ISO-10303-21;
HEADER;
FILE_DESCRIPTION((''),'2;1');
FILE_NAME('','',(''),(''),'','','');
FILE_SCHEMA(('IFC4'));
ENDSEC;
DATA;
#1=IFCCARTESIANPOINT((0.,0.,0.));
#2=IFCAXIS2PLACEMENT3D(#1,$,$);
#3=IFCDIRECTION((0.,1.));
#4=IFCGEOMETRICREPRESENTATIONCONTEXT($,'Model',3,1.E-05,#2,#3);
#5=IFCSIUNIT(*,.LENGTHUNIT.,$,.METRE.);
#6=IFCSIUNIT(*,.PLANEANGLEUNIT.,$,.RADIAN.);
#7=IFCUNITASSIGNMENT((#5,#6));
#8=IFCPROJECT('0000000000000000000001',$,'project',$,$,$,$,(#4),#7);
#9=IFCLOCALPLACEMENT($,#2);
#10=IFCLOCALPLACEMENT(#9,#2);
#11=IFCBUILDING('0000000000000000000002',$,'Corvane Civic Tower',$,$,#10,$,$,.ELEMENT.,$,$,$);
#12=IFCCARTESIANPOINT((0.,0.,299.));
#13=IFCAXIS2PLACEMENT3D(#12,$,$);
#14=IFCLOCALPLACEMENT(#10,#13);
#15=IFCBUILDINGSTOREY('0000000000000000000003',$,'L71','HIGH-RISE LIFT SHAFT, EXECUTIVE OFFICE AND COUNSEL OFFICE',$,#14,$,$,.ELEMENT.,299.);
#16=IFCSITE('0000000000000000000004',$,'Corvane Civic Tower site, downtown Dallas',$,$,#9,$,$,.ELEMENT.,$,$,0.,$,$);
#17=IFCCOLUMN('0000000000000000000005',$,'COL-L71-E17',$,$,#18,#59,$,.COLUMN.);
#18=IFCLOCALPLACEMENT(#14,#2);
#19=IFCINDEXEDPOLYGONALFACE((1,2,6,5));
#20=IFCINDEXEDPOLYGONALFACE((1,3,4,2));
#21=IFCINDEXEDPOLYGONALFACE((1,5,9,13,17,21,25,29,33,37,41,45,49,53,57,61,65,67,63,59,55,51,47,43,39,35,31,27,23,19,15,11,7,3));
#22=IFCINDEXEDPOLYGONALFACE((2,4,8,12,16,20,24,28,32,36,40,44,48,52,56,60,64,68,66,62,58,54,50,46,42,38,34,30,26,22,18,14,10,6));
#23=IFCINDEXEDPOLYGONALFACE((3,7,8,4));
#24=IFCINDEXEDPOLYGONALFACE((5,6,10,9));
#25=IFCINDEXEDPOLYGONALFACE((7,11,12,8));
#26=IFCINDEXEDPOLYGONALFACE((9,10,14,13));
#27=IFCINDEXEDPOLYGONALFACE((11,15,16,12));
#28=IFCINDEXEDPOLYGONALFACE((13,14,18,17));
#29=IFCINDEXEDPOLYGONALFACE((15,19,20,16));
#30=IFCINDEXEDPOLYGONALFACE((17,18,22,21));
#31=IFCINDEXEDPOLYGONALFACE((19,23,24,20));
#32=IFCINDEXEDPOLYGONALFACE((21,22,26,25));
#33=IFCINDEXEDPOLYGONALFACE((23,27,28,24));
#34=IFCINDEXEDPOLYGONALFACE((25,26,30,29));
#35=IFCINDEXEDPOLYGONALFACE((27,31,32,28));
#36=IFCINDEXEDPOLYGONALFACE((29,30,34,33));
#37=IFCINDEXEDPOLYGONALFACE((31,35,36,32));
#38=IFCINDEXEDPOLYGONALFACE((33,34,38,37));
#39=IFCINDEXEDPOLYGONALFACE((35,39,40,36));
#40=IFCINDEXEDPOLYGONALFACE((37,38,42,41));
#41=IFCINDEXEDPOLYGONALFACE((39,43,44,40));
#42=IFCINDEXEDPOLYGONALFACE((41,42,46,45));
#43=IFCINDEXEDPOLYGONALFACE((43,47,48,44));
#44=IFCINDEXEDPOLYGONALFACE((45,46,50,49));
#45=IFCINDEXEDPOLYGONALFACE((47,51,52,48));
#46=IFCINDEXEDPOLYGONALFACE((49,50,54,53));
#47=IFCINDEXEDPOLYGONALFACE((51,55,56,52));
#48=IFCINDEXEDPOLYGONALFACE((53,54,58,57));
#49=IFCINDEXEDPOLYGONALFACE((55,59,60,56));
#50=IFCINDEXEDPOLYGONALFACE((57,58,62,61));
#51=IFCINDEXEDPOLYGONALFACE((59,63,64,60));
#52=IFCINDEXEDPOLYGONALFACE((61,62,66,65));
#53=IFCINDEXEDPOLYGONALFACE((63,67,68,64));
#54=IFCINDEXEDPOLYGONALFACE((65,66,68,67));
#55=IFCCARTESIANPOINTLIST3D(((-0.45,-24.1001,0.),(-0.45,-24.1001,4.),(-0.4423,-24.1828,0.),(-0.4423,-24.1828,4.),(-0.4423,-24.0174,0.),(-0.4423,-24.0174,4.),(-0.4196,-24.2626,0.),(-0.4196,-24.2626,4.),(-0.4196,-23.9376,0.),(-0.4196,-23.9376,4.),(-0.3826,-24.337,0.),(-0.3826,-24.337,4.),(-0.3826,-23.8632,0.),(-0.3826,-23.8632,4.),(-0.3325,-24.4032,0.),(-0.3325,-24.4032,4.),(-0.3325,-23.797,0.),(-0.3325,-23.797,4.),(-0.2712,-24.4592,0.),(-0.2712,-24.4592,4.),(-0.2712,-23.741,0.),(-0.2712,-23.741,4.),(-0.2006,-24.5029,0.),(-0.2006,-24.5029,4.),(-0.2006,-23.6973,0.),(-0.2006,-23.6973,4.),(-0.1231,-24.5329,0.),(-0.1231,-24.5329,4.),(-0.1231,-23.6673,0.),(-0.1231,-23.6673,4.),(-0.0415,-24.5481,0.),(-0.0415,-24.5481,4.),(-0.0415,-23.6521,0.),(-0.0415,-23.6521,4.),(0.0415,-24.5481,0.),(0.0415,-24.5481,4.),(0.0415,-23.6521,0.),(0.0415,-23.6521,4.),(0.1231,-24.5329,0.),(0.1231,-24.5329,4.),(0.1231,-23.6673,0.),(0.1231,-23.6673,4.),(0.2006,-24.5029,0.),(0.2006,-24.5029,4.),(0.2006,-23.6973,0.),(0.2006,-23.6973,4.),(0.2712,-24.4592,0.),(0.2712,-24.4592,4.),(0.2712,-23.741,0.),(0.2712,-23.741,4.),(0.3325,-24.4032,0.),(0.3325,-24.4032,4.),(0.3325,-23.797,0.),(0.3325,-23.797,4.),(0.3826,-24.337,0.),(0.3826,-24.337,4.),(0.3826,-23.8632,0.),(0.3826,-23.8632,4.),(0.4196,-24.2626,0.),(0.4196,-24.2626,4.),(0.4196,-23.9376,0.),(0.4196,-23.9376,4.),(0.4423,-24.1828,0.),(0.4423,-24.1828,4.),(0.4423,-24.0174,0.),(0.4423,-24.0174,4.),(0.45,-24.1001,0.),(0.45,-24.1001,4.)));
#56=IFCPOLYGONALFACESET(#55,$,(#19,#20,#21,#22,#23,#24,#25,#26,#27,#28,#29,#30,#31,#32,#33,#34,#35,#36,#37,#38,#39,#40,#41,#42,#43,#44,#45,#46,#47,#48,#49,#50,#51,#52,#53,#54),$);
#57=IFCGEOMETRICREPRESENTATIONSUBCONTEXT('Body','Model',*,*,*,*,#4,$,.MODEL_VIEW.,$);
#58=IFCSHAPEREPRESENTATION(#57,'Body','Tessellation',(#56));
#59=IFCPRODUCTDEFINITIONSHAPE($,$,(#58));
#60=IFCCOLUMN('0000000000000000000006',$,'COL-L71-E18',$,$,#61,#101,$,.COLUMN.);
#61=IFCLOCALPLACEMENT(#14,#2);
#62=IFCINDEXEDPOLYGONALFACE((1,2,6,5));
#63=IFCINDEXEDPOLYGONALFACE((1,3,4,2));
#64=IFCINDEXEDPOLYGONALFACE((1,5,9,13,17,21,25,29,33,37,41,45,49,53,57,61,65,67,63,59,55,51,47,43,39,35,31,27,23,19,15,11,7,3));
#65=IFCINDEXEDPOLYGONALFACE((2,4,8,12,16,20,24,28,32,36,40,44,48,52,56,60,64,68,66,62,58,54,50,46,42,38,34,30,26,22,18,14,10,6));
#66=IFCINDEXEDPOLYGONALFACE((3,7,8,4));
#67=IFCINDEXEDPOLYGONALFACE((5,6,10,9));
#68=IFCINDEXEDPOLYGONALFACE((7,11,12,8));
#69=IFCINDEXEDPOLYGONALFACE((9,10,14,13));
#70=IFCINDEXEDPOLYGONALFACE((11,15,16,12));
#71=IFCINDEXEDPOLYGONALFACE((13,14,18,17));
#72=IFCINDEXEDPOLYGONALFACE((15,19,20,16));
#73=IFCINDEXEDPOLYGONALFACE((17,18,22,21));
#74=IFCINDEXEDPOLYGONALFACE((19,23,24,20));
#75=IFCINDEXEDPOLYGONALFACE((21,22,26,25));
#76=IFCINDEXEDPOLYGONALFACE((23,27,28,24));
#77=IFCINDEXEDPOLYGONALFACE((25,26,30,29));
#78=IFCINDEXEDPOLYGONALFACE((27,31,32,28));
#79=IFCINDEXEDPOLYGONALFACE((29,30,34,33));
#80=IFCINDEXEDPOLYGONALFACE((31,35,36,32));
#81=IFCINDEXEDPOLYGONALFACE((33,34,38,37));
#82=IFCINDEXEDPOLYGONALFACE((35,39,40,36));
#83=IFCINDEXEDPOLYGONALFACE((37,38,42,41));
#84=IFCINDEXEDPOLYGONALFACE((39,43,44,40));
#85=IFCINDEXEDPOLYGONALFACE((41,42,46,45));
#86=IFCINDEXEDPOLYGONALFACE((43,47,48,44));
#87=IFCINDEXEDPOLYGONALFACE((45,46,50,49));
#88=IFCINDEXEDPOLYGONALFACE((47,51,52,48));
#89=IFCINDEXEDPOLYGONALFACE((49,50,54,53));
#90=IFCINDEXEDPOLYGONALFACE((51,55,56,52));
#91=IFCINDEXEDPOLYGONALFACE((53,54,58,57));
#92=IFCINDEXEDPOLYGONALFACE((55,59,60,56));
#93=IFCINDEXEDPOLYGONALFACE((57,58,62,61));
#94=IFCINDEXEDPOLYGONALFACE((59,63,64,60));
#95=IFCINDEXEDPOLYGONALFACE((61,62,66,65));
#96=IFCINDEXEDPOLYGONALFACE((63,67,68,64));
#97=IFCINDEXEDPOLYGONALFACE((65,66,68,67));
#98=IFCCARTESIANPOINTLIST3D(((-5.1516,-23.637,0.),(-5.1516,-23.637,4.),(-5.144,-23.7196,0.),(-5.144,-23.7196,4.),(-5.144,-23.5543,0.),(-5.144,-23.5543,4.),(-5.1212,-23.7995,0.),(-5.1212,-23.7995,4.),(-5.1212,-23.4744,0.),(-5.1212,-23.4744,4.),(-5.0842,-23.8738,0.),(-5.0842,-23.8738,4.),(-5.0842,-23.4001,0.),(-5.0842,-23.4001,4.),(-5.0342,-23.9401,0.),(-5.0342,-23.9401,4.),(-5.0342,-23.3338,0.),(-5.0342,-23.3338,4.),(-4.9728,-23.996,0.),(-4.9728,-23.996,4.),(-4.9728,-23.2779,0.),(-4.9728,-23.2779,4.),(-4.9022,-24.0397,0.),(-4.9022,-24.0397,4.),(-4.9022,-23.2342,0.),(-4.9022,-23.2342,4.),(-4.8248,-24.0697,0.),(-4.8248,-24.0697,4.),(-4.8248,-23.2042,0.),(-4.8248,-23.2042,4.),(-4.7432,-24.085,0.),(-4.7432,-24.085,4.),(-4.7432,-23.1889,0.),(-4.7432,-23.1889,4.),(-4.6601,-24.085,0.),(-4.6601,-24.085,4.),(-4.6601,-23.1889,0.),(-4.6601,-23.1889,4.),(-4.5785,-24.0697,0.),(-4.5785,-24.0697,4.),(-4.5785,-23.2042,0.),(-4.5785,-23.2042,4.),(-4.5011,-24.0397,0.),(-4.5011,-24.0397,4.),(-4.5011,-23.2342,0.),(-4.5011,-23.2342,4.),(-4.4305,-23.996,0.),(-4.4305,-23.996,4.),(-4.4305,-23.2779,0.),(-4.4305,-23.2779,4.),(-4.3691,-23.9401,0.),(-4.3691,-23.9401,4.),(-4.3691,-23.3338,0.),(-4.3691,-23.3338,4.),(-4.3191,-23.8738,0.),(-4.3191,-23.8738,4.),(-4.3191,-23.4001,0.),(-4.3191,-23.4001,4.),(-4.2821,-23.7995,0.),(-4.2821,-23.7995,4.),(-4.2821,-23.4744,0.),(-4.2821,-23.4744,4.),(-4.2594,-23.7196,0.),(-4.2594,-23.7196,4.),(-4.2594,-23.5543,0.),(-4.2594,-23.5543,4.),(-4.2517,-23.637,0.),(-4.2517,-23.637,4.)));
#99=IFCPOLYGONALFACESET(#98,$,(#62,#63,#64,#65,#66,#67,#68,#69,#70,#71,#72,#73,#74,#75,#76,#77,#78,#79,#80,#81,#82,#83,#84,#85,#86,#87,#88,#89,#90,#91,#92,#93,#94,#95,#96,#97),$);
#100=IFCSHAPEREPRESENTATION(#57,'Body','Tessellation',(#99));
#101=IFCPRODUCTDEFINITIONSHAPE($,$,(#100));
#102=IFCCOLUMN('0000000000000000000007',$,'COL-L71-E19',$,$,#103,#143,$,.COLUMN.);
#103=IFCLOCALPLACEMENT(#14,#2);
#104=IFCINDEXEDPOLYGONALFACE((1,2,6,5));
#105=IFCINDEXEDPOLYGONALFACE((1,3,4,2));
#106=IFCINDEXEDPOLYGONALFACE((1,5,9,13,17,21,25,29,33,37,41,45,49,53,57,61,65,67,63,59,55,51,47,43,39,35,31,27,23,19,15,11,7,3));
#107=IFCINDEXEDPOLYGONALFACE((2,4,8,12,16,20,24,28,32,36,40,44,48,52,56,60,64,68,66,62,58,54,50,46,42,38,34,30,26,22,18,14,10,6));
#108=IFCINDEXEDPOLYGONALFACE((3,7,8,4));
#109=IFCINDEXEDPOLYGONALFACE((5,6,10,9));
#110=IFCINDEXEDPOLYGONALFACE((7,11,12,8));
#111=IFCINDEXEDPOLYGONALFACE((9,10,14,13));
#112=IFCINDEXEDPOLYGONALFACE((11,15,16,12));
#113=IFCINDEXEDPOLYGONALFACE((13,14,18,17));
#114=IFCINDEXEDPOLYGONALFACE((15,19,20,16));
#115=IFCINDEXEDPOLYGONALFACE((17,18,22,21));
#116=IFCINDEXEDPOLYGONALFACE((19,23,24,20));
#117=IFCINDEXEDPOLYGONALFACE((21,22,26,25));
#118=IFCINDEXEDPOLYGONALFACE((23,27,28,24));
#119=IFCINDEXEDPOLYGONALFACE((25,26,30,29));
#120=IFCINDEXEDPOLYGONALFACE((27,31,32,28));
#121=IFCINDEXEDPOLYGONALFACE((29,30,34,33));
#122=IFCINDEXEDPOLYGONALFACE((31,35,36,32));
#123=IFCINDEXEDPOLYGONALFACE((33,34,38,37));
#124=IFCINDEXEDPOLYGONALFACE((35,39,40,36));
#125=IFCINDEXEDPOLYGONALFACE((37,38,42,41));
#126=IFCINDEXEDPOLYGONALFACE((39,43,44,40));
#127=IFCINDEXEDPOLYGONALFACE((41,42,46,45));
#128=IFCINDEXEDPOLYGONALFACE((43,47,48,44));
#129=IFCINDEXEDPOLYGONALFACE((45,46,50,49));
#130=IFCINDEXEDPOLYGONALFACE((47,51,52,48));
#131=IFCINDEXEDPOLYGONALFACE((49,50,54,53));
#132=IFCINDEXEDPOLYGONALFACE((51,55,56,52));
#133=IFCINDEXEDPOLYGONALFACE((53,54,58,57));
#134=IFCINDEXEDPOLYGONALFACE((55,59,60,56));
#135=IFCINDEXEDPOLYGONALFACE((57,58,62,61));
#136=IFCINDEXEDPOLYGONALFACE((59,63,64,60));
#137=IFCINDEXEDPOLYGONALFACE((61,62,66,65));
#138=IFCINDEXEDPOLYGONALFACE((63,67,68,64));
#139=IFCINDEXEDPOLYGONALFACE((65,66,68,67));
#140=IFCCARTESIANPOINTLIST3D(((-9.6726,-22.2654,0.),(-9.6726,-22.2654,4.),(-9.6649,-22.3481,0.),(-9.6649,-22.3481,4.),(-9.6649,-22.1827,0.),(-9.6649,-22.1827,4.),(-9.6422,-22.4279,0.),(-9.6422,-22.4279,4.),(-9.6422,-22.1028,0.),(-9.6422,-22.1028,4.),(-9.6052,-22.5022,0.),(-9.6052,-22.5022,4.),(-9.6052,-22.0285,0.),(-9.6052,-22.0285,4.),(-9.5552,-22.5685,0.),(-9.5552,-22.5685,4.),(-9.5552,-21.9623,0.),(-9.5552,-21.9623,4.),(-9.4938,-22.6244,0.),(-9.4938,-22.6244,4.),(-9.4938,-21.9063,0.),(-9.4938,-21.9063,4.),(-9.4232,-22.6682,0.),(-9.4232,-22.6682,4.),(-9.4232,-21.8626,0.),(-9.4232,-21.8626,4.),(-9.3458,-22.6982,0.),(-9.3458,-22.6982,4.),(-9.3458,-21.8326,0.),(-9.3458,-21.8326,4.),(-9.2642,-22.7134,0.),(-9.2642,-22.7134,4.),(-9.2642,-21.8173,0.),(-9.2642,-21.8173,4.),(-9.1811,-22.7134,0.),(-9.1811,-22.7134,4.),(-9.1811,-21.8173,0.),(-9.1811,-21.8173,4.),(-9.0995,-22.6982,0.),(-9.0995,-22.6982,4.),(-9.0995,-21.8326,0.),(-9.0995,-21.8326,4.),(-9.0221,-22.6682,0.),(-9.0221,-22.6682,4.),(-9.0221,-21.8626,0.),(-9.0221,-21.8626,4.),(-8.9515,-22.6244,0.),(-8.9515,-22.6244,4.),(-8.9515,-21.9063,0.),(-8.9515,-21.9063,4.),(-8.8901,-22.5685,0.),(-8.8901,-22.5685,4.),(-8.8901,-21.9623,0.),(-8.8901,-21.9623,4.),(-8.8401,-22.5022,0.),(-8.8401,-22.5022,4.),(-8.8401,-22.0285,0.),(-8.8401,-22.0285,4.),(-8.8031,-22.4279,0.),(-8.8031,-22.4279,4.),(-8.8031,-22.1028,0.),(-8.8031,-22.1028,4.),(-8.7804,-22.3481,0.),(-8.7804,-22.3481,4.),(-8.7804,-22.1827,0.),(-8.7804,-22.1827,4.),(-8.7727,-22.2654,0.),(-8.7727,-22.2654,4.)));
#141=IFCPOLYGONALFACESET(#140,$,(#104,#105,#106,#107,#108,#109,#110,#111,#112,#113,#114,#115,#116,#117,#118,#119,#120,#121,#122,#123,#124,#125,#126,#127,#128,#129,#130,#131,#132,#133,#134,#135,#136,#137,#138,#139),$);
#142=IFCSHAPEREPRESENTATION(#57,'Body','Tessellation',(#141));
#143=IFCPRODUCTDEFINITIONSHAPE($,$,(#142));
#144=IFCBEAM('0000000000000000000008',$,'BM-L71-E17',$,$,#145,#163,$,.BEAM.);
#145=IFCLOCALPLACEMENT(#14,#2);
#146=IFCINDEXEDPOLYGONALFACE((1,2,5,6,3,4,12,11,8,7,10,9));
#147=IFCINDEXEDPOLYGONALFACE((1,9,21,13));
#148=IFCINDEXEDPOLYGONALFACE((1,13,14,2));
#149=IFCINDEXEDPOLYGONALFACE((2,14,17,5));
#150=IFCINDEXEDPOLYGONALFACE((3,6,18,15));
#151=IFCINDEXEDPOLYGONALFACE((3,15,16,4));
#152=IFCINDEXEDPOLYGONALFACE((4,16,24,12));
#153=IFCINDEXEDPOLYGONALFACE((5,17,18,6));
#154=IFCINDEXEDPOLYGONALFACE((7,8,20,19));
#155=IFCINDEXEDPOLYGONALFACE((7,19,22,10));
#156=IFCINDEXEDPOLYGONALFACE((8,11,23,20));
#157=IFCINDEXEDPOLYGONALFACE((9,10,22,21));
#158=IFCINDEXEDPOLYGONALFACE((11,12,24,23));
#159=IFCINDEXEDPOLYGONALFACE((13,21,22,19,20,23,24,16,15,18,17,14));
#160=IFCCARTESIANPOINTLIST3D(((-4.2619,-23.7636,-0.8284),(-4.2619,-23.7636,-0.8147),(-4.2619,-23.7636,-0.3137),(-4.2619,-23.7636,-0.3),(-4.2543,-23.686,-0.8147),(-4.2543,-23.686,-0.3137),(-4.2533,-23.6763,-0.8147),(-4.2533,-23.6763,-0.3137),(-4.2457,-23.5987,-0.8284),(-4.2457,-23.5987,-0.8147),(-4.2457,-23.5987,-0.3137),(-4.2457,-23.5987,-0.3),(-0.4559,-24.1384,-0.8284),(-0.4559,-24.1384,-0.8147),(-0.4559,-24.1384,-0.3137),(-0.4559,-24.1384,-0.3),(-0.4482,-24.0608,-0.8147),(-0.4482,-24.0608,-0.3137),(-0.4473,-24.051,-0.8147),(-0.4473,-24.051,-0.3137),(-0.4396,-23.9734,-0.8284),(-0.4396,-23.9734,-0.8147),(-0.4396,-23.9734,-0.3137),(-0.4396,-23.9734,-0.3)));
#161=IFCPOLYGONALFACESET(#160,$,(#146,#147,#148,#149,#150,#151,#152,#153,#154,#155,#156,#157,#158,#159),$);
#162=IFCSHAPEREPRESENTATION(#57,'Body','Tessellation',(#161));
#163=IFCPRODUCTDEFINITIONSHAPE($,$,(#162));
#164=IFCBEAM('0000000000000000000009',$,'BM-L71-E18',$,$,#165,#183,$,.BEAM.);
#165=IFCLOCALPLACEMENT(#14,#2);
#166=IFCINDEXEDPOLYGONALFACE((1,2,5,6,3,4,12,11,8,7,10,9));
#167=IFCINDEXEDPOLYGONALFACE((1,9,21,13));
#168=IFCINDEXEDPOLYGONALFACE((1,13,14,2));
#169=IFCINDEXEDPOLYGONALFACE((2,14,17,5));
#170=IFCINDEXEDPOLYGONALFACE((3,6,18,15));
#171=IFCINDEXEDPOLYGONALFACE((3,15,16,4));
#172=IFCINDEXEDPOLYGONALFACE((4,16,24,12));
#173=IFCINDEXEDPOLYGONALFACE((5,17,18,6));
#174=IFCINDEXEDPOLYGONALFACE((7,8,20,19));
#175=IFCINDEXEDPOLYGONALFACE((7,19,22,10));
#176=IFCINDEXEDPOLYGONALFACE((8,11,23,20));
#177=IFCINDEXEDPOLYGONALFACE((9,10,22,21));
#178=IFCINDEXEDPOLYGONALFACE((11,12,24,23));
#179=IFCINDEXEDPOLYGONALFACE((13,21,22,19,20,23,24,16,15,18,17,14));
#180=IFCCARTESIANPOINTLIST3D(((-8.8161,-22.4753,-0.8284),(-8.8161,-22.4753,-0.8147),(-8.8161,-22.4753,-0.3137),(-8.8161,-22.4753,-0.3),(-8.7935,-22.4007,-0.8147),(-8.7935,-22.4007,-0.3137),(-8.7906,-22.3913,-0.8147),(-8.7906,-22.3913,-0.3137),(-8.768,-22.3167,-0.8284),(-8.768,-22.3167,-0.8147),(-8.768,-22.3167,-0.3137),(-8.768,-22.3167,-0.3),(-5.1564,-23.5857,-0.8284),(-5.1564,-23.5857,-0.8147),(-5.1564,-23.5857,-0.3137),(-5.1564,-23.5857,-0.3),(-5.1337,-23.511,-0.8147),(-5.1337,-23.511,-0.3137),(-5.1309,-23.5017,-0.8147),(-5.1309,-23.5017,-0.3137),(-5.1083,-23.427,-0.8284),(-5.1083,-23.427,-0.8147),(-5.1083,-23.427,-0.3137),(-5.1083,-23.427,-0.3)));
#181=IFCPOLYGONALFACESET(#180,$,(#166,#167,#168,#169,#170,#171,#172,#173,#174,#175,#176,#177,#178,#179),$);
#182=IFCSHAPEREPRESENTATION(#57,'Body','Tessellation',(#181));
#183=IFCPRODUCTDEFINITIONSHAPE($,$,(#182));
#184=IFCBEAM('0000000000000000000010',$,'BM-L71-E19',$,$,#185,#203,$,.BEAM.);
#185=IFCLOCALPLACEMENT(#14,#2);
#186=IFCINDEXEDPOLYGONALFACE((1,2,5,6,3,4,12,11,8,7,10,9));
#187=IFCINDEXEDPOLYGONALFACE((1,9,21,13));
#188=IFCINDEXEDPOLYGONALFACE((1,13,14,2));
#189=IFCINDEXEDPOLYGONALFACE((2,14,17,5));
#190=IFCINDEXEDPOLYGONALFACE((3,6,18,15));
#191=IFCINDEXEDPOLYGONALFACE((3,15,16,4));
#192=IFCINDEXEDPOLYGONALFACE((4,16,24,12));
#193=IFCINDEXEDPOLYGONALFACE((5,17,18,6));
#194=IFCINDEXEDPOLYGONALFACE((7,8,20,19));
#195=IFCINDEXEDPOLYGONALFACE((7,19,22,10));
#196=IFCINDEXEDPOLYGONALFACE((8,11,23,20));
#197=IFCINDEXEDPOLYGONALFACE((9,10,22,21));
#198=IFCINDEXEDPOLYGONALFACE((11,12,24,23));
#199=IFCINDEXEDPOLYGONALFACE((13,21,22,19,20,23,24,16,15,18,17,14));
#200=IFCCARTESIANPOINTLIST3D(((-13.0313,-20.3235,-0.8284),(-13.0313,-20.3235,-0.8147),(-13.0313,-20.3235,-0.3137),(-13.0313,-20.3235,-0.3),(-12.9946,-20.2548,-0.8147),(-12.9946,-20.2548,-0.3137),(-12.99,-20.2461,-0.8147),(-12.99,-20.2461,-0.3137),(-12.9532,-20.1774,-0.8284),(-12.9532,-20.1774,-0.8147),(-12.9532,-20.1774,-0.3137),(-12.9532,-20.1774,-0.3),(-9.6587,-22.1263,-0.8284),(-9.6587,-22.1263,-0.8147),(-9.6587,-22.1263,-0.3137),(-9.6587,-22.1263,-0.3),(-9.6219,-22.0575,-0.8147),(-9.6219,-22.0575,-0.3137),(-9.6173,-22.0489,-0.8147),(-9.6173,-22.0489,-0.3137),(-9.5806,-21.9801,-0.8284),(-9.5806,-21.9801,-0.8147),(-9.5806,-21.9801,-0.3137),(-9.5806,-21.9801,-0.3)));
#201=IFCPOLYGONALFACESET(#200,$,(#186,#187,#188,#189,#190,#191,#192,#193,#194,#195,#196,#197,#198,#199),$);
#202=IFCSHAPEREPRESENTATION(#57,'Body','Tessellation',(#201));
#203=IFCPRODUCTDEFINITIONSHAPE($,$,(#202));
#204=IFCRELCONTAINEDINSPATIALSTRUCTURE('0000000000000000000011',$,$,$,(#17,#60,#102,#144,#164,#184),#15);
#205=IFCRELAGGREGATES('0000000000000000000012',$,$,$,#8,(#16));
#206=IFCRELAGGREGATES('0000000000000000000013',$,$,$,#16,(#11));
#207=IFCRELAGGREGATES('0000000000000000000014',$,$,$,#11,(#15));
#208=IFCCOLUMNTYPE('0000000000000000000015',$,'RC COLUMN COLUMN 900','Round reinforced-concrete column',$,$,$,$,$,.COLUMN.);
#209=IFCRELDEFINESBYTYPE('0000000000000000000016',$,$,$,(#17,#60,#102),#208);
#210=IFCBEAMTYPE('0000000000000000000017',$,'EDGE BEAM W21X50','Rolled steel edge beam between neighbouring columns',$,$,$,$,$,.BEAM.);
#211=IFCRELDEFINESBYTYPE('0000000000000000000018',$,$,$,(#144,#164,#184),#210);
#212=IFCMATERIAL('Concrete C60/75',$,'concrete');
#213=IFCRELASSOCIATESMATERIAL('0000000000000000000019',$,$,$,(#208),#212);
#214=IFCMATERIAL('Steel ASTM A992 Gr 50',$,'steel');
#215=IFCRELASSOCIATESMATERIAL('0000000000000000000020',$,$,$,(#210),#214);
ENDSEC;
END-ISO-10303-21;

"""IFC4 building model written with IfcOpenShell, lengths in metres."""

from ifc_helpers import new_model, si_unit, direction, frame, origin, origin_2d, place, context, subcontext, project, spatial, circle, i_section, extrude, material, material_profile, profile_set, type_object, element, save


model = new_model("IFC4")

# Units and contexts
model_context = context("Model", 3, precision=1e-05, world=origin(), true_north=direction((0.0, 1.0)))
body_context = subcontext(model_context, "Body", "Model", "MODEL_VIEW")
ifc_project = project(units=[si_unit("LENGTHUNIT", "METRE"), si_unit("PLANEANGLEUNIT", "RADIAN")], contexts=[model_context])

# Site, building, storey
site_placement = place(None, origin())
site = spatial("IfcSite", under=ifc_project, at=site_placement, Name="Corvane Civic Tower site, downtown Dallas", CompositionType="ELEMENT", RefElevation=0.0)
building_placement = place(site_placement, origin())
building = spatial("IfcBuilding", under=site, at=building_placement, Name="Corvane Civic Tower", CompositionType="ELEMENT")
storey_placement = place(building_placement, frame((0.0, 0.0, 299.0)))
storey = spatial("IfcBuildingStorey", under=building, at=storey_placement, Name="L71", Description="HIGH-RISE LIFT SHAFT, EXECUTIVE OFFICE AND COUNSEL OFFICE", CompositionType="ELEMENT", Elevation=299.0)

# Columns
ifc_material_1 = material(Name="Concrete C60/75", Category="concrete")
ifc_material_profile_1 = material_profile(ifc_material_1, circle(Radius=0.45, at=origin_2d()), Name="COLUMN 900")
ifc_profile_set_1 = profile_set([ifc_material_profile_1], Name="Concrete C60/75")
column_type = type_object("IfcColumnType", Name="RC COLUMN COLUMN 900", Description="Round reinforced-concrete column", PredefinedType="COLUMN", material=ifc_profile_set_1)
for number, where, z_axis, x_axis, name in (
    (1, (0.0, -24.1001, 0.0), (0.0, 0.0, 1.0), (1.0, 0.0, 0.0), "COL-L71-E17"),
    (2, (-4.7017, -23.637, 0.0), (0.0, 0.0, 1.0), (1.0, 0.0, 0.0), "COL-L71-E18"),
    (3, (-9.2227, -22.2654, 0.0), (0.0, 0.0, 1.0), (1.0, 0.0, 0.0), "COL-L71-E19"),
):
    element("IfcColumn", number, at=place(storey_placement, frame(where, z_axis=z_axis, x_axis=x_axis)), inside=storey, type_object=column_type, Name=name, PredefinedType="COLUMN", context=body_context, shape_type="SweptSolid", body=[
        extrude(circle(Radius=0.45, at=origin_2d()), origin(), (0.0, 0.0, 1.0), 4.0),
    ])

# Beams
ifc_material_2 = material(Name="Steel ASTM A992 Gr 50", Category="steel")
ifc_material_profile_2 = material_profile(ifc_material_2, i_section(OverallWidth=0.1658, OverallDepth=0.5283, WebThickness=0.0098, FlangeThickness=0.0137, at=origin_2d()), Name="W21X50")
ifc_profile_set_2 = profile_set([ifc_material_profile_2], Name="Steel ASTM A992 Gr 50")
beam_type = type_object("IfcBeamType", Name="EDGE BEAM W21X50", Description="Rolled steel edge beam between neighbouring columns", PredefinedType="BEAM", material=ifc_profile_set_2)
for number, where, z_axis, x_axis, name in (
    (4, (-0.4478, -24.0559, -0.5642), (-0.995188, 0.097987, 0.0), (-0.097987, -0.995188, 0.0), "BM-L71-E17"),
    (5, (-5.1323, -23.5063, -0.5642), (-0.956926, 0.290333, 0.0), (-0.290333, -0.956926, 0.0), "BM-L71-E18"),
):
    element("IfcBeam", number, at=place(storey_placement, frame(where, z_axis=z_axis, x_axis=x_axis)), inside=storey, type_object=beam_type, Name=name, PredefinedType="BEAM", context=body_context, shape_type="SweptSolid", body=[
        extrude(i_section(OverallWidth=0.1658, OverallDepth=0.5283, WebThickness=0.0098, FlangeThickness=0.0137, at=origin_2d()), origin(), (0.0, 0.0, 1.0), 3.8245),
    ])
beam_placement = place(storey_placement, frame((-9.6196, -22.0532, -0.5642), z_axis=(-0.881914, 0.47141, 0.0), x_axis=(-0.47141, -0.881914, 0.0)))
element("IfcBeam", 6, at=beam_placement, inside=storey, type_object=beam_type, Name="BM-L71-E19", PredefinedType="BEAM", context=body_context, shape_type="SweptSolid", body=[
    extrude(i_section(OverallWidth=0.1658, OverallDepth=0.5283, WebThickness=0.0098, FlangeThickness=0.0137, at=origin_2d()), origin(), (0.0, 0.0, 1.0), 3.8242),
])

save(model, "model.ifc")
